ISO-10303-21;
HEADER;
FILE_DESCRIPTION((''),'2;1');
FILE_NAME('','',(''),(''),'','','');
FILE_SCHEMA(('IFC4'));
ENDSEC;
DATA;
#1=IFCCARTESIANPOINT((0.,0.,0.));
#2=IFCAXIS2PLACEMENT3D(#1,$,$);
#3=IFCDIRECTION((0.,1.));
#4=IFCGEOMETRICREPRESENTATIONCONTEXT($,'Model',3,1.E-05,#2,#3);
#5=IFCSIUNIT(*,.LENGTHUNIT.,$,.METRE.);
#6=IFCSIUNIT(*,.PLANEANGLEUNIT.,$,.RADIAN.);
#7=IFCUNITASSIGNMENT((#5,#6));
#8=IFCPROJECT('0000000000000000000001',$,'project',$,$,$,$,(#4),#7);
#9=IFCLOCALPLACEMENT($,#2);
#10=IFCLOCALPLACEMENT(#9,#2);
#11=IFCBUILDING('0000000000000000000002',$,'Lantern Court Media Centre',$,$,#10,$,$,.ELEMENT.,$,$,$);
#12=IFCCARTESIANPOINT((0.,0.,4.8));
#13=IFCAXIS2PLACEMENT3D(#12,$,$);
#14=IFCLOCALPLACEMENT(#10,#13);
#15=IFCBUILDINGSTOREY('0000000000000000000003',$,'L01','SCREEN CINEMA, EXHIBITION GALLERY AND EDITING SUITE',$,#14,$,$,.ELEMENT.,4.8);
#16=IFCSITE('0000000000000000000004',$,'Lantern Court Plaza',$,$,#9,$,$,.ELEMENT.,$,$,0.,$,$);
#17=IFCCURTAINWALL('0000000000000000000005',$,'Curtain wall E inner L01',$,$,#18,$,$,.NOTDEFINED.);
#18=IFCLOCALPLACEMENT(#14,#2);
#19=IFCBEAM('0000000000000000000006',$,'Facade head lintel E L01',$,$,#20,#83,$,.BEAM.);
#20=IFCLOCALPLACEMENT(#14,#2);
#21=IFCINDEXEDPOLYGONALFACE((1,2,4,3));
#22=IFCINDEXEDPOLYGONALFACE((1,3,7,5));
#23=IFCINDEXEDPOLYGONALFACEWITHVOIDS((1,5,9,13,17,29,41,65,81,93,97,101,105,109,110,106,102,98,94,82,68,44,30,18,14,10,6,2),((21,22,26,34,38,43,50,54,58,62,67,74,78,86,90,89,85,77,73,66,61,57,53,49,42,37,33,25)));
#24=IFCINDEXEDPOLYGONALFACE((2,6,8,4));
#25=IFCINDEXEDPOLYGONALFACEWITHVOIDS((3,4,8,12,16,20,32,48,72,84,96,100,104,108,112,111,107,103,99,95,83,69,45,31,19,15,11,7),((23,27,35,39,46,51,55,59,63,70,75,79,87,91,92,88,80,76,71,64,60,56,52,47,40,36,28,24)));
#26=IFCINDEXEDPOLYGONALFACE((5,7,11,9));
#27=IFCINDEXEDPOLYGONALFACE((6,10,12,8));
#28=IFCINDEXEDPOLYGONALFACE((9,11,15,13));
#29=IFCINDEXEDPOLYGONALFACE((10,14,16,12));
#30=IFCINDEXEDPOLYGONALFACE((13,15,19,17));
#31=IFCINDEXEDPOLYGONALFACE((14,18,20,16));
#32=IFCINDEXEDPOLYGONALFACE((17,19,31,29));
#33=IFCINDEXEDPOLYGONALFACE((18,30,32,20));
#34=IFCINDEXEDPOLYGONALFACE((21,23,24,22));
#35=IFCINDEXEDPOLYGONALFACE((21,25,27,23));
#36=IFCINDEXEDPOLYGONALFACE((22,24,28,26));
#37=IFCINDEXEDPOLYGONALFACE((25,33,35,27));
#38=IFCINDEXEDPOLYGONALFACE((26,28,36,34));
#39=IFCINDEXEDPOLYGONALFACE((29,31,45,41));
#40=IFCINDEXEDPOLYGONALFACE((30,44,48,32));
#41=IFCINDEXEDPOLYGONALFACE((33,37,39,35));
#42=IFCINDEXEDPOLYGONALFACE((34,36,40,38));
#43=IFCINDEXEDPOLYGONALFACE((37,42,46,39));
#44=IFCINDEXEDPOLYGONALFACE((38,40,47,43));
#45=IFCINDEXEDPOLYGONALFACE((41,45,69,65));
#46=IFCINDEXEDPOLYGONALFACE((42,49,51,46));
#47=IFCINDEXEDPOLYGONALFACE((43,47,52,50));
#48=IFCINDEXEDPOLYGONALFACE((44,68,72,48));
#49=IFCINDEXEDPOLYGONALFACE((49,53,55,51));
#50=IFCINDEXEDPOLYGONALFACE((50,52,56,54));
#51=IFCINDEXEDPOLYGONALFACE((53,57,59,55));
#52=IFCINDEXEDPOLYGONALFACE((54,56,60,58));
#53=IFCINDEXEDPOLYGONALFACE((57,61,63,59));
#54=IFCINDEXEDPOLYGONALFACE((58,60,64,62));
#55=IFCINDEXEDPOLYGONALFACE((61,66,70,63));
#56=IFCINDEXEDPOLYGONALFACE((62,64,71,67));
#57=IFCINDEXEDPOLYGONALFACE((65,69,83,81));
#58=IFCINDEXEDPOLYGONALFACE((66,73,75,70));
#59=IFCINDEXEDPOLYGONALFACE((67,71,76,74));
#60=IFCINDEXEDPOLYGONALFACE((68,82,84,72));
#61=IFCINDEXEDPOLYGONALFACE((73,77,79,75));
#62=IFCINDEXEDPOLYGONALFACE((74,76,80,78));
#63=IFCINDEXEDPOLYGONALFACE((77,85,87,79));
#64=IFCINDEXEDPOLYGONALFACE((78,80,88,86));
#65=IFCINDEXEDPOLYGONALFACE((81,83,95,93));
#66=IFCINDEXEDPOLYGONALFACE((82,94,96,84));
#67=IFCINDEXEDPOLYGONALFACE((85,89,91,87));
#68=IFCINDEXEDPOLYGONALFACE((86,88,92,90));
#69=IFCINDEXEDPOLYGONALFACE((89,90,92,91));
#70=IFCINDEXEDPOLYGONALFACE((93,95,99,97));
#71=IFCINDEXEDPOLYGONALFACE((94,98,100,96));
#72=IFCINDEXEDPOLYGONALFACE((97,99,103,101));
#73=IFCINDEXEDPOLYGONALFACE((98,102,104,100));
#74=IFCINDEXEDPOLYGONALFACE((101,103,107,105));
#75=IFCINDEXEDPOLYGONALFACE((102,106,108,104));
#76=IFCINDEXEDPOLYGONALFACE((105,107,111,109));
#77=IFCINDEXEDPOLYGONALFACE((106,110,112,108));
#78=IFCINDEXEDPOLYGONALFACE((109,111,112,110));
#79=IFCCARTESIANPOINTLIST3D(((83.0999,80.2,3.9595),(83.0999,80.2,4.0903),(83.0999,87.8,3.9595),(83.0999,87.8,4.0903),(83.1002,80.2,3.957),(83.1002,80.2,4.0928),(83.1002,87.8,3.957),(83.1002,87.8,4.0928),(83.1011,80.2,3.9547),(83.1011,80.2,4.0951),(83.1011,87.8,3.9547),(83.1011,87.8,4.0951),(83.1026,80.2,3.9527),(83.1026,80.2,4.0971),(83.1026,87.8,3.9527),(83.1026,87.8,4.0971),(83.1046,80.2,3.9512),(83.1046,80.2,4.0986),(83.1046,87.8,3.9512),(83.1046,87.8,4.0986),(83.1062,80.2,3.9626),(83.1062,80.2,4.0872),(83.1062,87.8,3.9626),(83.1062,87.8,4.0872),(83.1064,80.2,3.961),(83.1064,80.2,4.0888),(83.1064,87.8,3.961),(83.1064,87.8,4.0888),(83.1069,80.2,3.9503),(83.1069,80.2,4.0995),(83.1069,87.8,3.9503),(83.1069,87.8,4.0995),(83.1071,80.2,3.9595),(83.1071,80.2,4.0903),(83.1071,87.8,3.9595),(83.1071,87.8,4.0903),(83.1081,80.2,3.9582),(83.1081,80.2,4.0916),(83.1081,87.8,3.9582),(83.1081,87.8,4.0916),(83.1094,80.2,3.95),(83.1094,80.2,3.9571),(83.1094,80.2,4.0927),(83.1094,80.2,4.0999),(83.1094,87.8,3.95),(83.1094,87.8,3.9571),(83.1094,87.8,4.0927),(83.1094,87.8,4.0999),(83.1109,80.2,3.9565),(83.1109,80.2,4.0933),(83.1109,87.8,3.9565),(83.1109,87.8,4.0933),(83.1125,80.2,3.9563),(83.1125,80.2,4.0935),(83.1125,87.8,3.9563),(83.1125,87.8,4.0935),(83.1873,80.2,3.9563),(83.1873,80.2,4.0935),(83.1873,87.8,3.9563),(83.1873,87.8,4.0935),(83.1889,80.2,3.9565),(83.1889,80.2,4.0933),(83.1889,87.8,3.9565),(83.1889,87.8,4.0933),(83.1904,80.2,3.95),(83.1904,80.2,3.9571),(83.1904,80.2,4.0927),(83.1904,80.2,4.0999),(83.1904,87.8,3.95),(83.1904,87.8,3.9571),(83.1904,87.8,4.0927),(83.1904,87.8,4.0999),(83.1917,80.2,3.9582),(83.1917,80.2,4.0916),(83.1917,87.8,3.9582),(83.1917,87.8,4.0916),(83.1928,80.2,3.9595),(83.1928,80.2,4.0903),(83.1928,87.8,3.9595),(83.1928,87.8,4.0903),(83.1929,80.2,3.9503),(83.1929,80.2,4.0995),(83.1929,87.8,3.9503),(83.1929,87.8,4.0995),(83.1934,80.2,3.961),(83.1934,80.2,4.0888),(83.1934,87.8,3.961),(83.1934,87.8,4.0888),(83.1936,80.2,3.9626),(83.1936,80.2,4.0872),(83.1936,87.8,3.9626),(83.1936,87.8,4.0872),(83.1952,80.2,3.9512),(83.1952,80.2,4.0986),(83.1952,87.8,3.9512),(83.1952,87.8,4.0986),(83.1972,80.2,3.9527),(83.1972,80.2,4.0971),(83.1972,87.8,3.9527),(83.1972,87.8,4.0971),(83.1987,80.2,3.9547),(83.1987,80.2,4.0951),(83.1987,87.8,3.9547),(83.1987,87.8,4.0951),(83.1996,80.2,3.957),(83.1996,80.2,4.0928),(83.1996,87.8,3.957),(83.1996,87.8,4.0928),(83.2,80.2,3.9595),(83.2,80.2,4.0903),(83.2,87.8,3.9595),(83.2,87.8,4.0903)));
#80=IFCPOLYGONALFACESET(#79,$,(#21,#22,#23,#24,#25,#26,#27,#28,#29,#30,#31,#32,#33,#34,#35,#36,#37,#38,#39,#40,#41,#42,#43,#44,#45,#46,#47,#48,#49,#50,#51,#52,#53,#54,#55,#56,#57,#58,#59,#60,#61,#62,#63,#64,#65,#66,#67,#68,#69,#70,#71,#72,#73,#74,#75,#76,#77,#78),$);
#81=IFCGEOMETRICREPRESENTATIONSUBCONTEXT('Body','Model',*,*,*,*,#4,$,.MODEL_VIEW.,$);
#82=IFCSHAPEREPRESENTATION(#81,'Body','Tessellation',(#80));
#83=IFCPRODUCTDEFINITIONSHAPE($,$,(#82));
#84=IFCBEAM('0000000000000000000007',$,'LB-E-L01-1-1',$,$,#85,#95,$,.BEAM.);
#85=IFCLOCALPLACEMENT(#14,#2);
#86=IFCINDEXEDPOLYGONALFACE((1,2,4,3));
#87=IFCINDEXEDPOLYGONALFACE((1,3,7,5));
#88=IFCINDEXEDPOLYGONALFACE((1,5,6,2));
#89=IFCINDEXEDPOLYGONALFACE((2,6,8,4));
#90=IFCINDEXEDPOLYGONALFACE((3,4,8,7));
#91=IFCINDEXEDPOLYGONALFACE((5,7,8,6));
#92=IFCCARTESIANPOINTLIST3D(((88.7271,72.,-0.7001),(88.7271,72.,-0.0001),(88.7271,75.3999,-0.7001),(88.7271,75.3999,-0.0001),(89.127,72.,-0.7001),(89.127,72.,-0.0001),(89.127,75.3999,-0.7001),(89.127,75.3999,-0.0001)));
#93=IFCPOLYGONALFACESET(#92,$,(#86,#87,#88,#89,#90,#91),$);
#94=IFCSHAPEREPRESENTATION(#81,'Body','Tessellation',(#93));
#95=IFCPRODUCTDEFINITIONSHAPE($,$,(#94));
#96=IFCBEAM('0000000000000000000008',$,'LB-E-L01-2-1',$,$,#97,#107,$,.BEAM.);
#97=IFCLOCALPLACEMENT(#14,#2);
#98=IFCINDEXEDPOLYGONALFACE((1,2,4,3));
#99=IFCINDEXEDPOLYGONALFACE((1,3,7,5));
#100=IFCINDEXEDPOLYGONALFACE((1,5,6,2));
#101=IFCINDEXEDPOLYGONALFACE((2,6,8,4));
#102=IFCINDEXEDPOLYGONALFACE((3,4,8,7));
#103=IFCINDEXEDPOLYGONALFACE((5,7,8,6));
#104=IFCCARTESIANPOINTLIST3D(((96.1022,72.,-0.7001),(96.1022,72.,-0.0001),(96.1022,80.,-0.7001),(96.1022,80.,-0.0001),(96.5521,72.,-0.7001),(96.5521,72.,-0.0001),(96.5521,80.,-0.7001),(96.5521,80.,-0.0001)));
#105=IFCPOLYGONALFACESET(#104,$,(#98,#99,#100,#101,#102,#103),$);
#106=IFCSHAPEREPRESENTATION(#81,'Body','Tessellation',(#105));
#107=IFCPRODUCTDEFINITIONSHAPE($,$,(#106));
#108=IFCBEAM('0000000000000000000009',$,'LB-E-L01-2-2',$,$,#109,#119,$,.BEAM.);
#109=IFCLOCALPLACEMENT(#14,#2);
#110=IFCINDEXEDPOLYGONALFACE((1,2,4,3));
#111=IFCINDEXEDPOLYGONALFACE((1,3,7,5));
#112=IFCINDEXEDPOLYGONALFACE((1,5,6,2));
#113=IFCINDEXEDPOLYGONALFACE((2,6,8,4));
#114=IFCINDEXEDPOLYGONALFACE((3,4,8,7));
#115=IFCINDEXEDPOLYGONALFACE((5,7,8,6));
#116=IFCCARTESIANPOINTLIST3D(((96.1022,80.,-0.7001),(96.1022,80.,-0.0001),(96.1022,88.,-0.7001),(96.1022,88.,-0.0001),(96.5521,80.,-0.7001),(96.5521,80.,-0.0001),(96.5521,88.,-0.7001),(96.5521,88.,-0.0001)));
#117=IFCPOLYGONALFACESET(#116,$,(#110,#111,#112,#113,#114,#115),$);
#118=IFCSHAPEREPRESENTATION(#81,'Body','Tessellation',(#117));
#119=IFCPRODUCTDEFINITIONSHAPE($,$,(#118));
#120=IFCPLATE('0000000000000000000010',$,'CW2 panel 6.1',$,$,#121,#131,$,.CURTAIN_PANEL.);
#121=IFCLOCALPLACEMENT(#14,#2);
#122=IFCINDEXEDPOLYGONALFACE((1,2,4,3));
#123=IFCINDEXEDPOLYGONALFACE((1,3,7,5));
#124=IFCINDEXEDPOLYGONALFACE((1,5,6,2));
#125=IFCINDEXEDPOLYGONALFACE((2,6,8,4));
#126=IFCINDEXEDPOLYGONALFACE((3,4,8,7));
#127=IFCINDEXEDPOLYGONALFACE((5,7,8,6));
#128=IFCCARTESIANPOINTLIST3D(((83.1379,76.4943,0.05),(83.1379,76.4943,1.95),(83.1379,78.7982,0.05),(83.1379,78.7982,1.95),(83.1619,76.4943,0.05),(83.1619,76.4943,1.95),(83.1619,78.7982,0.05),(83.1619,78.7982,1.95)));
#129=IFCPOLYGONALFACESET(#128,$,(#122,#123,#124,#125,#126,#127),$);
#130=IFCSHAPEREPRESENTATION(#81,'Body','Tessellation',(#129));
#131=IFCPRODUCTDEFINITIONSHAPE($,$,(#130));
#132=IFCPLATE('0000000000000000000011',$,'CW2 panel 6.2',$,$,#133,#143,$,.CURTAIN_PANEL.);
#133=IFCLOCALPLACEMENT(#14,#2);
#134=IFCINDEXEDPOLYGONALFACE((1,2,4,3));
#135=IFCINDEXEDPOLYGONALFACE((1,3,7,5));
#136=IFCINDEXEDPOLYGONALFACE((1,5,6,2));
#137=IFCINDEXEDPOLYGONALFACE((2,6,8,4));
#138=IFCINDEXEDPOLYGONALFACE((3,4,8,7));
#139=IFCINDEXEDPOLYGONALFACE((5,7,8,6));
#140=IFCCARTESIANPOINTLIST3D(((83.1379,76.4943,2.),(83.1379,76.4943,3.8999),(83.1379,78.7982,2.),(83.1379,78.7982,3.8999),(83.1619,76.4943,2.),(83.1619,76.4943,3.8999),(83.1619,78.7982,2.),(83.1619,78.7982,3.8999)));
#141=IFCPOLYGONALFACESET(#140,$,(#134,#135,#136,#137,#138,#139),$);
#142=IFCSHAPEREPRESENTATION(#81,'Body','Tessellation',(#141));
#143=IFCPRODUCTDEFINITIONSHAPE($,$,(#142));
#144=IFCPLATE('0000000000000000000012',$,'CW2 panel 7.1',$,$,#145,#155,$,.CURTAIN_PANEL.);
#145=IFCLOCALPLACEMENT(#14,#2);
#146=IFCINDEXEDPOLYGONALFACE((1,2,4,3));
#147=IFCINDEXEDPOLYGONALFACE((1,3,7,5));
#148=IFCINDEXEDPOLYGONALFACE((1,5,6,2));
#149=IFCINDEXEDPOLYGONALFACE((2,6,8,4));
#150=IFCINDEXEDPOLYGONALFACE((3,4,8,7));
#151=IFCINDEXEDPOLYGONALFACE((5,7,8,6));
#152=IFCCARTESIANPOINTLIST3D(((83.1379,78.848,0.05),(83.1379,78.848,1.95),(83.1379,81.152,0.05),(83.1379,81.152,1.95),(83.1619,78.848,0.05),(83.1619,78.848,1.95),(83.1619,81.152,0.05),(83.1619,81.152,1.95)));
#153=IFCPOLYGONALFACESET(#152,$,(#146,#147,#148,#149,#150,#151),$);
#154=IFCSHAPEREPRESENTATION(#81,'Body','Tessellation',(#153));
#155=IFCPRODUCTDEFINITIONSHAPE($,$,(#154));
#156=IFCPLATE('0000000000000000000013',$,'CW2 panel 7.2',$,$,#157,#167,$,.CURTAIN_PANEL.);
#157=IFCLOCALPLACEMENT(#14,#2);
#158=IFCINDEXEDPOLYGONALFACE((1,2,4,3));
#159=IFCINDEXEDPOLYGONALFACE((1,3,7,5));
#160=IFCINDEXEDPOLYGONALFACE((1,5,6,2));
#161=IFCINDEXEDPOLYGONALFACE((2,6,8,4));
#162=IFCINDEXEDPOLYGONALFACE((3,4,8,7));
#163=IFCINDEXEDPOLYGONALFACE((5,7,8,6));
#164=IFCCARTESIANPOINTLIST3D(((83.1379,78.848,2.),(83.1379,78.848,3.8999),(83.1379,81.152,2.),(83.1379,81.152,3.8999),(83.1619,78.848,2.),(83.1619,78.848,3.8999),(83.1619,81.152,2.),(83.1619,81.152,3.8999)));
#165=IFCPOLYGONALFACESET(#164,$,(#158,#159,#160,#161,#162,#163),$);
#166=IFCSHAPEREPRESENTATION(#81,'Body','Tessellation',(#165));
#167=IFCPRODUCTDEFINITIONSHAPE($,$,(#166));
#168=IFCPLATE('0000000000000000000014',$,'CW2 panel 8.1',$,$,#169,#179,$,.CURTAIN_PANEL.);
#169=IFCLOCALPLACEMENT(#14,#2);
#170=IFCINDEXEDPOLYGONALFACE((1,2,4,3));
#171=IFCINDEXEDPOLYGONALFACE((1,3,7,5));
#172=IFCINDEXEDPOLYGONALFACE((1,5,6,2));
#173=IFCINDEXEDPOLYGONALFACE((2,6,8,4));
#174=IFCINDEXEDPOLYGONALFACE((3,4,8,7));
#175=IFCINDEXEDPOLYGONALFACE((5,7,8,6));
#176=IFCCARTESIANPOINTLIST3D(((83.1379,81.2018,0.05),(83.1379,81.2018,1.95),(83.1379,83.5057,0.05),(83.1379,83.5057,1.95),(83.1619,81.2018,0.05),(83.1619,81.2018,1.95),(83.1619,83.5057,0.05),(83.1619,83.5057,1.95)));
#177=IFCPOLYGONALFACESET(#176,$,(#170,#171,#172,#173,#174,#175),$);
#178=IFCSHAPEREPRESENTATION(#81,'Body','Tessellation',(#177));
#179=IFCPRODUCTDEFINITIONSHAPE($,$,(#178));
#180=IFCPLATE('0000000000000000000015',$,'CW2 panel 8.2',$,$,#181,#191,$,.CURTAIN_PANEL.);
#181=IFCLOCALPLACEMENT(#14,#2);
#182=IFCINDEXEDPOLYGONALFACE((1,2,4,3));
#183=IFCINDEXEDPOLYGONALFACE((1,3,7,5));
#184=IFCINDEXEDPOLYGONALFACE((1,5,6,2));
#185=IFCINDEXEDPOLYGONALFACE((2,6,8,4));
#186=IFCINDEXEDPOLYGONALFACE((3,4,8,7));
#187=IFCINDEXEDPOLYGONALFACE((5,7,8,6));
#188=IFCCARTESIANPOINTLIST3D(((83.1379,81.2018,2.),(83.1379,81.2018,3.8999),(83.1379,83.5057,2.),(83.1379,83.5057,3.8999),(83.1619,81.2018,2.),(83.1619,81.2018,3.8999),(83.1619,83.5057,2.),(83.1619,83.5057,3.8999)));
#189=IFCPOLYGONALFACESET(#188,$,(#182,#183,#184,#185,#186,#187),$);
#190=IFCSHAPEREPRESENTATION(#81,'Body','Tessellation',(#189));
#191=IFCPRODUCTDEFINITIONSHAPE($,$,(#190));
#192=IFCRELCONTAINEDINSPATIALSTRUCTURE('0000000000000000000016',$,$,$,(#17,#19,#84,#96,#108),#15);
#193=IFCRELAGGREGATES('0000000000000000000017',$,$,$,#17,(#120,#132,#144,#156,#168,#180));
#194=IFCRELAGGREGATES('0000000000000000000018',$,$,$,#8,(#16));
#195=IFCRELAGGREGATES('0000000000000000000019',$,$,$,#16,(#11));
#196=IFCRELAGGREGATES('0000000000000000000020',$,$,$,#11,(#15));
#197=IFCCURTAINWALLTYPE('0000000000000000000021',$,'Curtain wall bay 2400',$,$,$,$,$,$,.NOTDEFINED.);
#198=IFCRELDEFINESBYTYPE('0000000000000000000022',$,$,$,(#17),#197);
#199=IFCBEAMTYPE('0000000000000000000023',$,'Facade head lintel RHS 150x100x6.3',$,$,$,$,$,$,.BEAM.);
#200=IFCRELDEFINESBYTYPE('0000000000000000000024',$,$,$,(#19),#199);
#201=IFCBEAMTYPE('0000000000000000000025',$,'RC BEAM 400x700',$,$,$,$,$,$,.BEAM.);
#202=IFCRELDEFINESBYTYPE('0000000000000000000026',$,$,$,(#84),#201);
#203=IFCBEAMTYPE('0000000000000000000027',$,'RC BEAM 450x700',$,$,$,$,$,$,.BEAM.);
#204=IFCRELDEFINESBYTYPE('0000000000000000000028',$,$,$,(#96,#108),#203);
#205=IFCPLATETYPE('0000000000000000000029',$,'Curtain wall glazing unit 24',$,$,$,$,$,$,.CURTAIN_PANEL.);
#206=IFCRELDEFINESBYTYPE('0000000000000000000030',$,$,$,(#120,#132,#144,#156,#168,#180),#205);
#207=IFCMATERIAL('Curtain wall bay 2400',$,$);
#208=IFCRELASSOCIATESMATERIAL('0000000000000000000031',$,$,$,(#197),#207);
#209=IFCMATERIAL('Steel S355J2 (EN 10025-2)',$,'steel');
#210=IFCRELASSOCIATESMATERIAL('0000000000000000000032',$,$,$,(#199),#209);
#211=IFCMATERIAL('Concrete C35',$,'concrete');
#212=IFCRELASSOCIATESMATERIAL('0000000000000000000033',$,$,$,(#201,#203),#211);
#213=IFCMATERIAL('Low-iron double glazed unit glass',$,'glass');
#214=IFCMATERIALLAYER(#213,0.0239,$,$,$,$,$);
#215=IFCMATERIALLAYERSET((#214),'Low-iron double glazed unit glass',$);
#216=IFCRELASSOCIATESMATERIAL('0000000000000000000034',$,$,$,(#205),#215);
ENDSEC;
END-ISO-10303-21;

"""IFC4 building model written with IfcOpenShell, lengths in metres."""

from ifc_helpers import new_model, si_unit, direction, frame, origin, origin_2d, place, context, subcontext, project, spatial, rectangle, hollow_rectangle, extrude, material, layer, layer_set, material_profile, profile_set, type_object, element, aggregate, save


model = new_model("IFC4")

# Units and contexts
model_context = context("Model", 3, precision=1e-05, world=origin(), true_north=direction((0.0, 1.0)))
body_context = subcontext(model_context, "Body", "Model", "MODEL_VIEW")
ifc_project = project(units=[si_unit("LENGTHUNIT", "METRE"), si_unit("PLANEANGLEUNIT", "RADIAN")], contexts=[model_context])

# Site, building, storey
site_placement = place(None, origin())
site = spatial("IfcSite", under=ifc_project, at=site_placement, Name="Lantern Court Plaza", CompositionType="ELEMENT", RefElevation=0.0)
building_placement = place(site_placement, origin())
building = spatial("IfcBuilding", under=site, at=building_placement, Name="Lantern Court Media Centre", CompositionType="ELEMENT")
storey_placement = place(building_placement, frame((0.0, 0.0, 4.8)))
storey = spatial("IfcBuildingStorey", under=building, at=storey_placement, Name="L01", Description="SCREEN CINEMA, EXHIBITION GALLERY AND EDITING SUITE", CompositionType="ELEMENT", Elevation=4.8)

# Shared definitions
ifc_material_1 = material(Name="Concrete C35", Category="concrete")

# Curtain wall
ifc_material_2 = material(Name="Curtain wall bay 2400")
curtain_wall_type = type_object("IfcCurtainWallType", Name="Curtain wall bay 2400", PredefinedType="NOTDEFINED", material=ifc_material_2)
curtain_wall_placement = place(storey_placement, origin())
curtain_wall = element("IfcCurtainWall", 1, at=curtain_wall_placement, inside=storey, type_object=curtain_wall_type, Name="Curtain wall E inner L01", PredefinedType="NOTDEFINED")

# Beams
ifc_material_3 = material(Name="Steel S355J2 (EN 10025-2)", Category="steel")
ifc_material_profile_1 = material_profile(ifc_material_3, hollow_rectangle(XDim=0.1001, YDim=0.1499, WallThickness=0.0063, InnerFilletRadius=0.0063, OuterFilletRadius=0.0095, at=origin_2d()), Name="Facade head lintel RHS 150x100x6.3")
ifc_profile_set_1 = profile_set([ifc_material_profile_1], Name="Steel S355J2 (EN 10025-2)")
beam_type_1 = type_object("IfcBeamType", Name="Facade head lintel RHS 150x100x6.3", PredefinedType="BEAM", material=ifc_profile_set_1)
beam_1_placement = place(storey_placement, frame((83.1499, 80.2, 4.0249), z_axis=(0.0, 1.0, 0.0), x_axis=(-1.0, 0.0, 0.0)))
element("IfcBeam", 2, at=beam_1_placement, inside=storey, type_object=beam_type_1, Name="Facade head lintel E L01", PredefinedType="BEAM", context=body_context, shape_type="SweptSolid", body=[
    extrude(hollow_rectangle(XDim=0.1001, YDim=0.1499, WallThickness=0.0063, InnerFilletRadius=0.0063, OuterFilletRadius=0.0095, at=origin_2d()), origin(), (0.0, 0.0, 1.0), 7.6001),
])
ifc_material_profile_2 = material_profile(ifc_material_1, rectangle(XDim=0.3999, YDim=0.7, at=origin_2d()), Name="RC 400x700")
ifc_profile_set_2 = profile_set([ifc_material_profile_2], Name="Concrete C35")
beam_type_2 = type_object("IfcBeamType", Name="RC BEAM 400x700", PredefinedType="BEAM", material=ifc_profile_set_2)
beam_2_placement = place(storey_placement, frame((88.927, 72.0, -0.3501), z_axis=(0.0, 1.0, 0.0), x_axis=(-1.0, 0.0, 0.0)))
element("IfcBeam", 3, at=beam_2_placement, inside=storey, type_object=beam_type_2, Name="LB-E-L01-1-1", PredefinedType="BEAM", context=body_context, shape_type="SweptSolid", body=[
    extrude(rectangle(XDim=0.3999, YDim=0.7, at=origin_2d()), origin(), (0.0, 0.0, 1.0), 3.3999),
])
ifc_material_profile_3 = material_profile(ifc_material_1, rectangle(XDim=0.45, YDim=0.7, at=origin_2d()), Name="RC 450x700")
ifc_profile_set_3 = profile_set([ifc_material_profile_3], Name="Concrete C35")
beam_type_3 = type_object("IfcBeamType", Name="RC BEAM 450x700", PredefinedType="BEAM", material=ifc_profile_set_3)
for number, where, z_axis, x_axis, name in (
    (4, (96.3271, 72.0, -0.3501), (0.0, 1.0, 0.0), (-1.0, 0.0, 0.0), "LB-E-L01-2-1"),
    (5, (96.3271, 80.0, -0.3501), (0.0, 1.0, 0.0), (-1.0, 0.0, 0.0), "LB-E-L01-2-2"),
):
    element("IfcBeam", number, at=place(storey_placement, frame(where, z_axis=z_axis, x_axis=x_axis)), inside=storey, type_object=beam_type_3, Name=name, PredefinedType="BEAM", context=body_context, shape_type="SweptSolid", body=[
        extrude(rectangle(XDim=0.45, YDim=0.7, at=origin_2d()), origin(), (0.0, 0.0, 1.0), 8.0),
    ])

# Plates
ifc_material_4 = material(Name="Low-iron double glazed unit glass", Category="glass")
ifc_layer_1 = layer(ifc_material_4, 0.0239)
ifc_layer_set_1 = layer_set([ifc_layer_1], Name="Low-iron double glazed unit glass")
plate_type = type_object("IfcPlateType", Name="Curtain wall glazing unit 24", PredefinedType="CURTAIN_PANEL", material=ifc_layer_set_1)
plate_1_placement = place(storey_placement, frame((83.1499, 77.6462, 0.05), z_axis=(0.0, 0.0, 1.0), x_axis=(0.0, 1.0, 0.0)))
plate_1 = element("IfcPlate", 6, at=plate_1_placement, type_object=plate_type, Name="CW2 panel 6.1", PredefinedType="CURTAIN_PANEL", context=body_context, shape_type="SweptSolid", body=[
    extrude(rectangle(XDim=2.304, YDim=0.0239, at=origin_2d()), origin(), (0.0, 0.0, 1.0), 1.8999),
])
plate_2_placement = place(storey_placement, frame((83.1499, 77.6462, 2.0), z_axis=(0.0, 0.0, 1.0), x_axis=(0.0, 1.0, 0.0)))
plate_2 = element("IfcPlate", 7, at=plate_2_placement, type_object=plate_type, Name="CW2 panel 6.2", PredefinedType="CURTAIN_PANEL", context=body_context, shape_type="SweptSolid", body=[
    extrude(rectangle(XDim=2.304, YDim=0.0239, at=origin_2d()), origin(), (0.0, 0.0, 1.0), 1.8999),
])
plate_3_placement = place(storey_placement, frame((83.1499, 80.0, 0.05), z_axis=(0.0, 0.0, 1.0), x_axis=(0.0, 1.0, 0.0)))
plate_3 = element("IfcPlate", 8, at=plate_3_placement, type_object=plate_type, Name="CW2 panel 7.1", PredefinedType="CURTAIN_PANEL", context=body_context, shape_type="SweptSolid", body=[
    extrude(rectangle(XDim=2.304, YDim=0.0239, at=origin_2d()), origin(), (0.0, 0.0, 1.0), 1.8999),
])
plate_4_placement = place(storey_placement, frame((83.1499, 80.0, 2.0), z_axis=(0.0, 0.0, 1.0), x_axis=(0.0, 1.0, 0.0)))
plate_4 = element("IfcPlate", 9, at=plate_4_placement, type_object=plate_type, Name="CW2 panel 7.2", PredefinedType="CURTAIN_PANEL", context=body_context, shape_type="SweptSolid", body=[
    extrude(rectangle(XDim=2.304, YDim=0.0239, at=origin_2d()), origin(), (0.0, 0.0, 1.0), 1.8999),
])
plate_5_placement = place(storey_placement, frame((83.1499, 82.3538, 0.05), z_axis=(0.0, 0.0, 1.0), x_axis=(0.0, 1.0, 0.0)))
plate_5 = element("IfcPlate", 10, at=plate_5_placement, type_object=plate_type, Name="CW2 panel 8.1", PredefinedType="CURTAIN_PANEL", context=body_context, shape_type="SweptSolid", body=[
    extrude(rectangle(XDim=2.304, YDim=0.0239, at=origin_2d()), origin(), (0.0, 0.0, 1.0), 1.8999),
])
plate_6_placement = place(storey_placement, frame((83.1499, 82.3538, 2.0), z_axis=(0.0, 0.0, 1.0), x_axis=(0.0, 1.0, 0.0)))
plate_6 = element("IfcPlate", 11, at=plate_6_placement, type_object=plate_type, Name="CW2 panel 8.2", PredefinedType="CURTAIN_PANEL", context=body_context, shape_type="SweptSolid", body=[
    extrude(rectangle(XDim=2.304, YDim=0.0239, at=origin_2d()), origin(), (0.0, 0.0, 1.0), 1.8999),
])
aggregate(curtain_wall, [plate_1, plate_2, plate_3, plate_4, plate_5, plate_6])

save(model, "model.ifc")
